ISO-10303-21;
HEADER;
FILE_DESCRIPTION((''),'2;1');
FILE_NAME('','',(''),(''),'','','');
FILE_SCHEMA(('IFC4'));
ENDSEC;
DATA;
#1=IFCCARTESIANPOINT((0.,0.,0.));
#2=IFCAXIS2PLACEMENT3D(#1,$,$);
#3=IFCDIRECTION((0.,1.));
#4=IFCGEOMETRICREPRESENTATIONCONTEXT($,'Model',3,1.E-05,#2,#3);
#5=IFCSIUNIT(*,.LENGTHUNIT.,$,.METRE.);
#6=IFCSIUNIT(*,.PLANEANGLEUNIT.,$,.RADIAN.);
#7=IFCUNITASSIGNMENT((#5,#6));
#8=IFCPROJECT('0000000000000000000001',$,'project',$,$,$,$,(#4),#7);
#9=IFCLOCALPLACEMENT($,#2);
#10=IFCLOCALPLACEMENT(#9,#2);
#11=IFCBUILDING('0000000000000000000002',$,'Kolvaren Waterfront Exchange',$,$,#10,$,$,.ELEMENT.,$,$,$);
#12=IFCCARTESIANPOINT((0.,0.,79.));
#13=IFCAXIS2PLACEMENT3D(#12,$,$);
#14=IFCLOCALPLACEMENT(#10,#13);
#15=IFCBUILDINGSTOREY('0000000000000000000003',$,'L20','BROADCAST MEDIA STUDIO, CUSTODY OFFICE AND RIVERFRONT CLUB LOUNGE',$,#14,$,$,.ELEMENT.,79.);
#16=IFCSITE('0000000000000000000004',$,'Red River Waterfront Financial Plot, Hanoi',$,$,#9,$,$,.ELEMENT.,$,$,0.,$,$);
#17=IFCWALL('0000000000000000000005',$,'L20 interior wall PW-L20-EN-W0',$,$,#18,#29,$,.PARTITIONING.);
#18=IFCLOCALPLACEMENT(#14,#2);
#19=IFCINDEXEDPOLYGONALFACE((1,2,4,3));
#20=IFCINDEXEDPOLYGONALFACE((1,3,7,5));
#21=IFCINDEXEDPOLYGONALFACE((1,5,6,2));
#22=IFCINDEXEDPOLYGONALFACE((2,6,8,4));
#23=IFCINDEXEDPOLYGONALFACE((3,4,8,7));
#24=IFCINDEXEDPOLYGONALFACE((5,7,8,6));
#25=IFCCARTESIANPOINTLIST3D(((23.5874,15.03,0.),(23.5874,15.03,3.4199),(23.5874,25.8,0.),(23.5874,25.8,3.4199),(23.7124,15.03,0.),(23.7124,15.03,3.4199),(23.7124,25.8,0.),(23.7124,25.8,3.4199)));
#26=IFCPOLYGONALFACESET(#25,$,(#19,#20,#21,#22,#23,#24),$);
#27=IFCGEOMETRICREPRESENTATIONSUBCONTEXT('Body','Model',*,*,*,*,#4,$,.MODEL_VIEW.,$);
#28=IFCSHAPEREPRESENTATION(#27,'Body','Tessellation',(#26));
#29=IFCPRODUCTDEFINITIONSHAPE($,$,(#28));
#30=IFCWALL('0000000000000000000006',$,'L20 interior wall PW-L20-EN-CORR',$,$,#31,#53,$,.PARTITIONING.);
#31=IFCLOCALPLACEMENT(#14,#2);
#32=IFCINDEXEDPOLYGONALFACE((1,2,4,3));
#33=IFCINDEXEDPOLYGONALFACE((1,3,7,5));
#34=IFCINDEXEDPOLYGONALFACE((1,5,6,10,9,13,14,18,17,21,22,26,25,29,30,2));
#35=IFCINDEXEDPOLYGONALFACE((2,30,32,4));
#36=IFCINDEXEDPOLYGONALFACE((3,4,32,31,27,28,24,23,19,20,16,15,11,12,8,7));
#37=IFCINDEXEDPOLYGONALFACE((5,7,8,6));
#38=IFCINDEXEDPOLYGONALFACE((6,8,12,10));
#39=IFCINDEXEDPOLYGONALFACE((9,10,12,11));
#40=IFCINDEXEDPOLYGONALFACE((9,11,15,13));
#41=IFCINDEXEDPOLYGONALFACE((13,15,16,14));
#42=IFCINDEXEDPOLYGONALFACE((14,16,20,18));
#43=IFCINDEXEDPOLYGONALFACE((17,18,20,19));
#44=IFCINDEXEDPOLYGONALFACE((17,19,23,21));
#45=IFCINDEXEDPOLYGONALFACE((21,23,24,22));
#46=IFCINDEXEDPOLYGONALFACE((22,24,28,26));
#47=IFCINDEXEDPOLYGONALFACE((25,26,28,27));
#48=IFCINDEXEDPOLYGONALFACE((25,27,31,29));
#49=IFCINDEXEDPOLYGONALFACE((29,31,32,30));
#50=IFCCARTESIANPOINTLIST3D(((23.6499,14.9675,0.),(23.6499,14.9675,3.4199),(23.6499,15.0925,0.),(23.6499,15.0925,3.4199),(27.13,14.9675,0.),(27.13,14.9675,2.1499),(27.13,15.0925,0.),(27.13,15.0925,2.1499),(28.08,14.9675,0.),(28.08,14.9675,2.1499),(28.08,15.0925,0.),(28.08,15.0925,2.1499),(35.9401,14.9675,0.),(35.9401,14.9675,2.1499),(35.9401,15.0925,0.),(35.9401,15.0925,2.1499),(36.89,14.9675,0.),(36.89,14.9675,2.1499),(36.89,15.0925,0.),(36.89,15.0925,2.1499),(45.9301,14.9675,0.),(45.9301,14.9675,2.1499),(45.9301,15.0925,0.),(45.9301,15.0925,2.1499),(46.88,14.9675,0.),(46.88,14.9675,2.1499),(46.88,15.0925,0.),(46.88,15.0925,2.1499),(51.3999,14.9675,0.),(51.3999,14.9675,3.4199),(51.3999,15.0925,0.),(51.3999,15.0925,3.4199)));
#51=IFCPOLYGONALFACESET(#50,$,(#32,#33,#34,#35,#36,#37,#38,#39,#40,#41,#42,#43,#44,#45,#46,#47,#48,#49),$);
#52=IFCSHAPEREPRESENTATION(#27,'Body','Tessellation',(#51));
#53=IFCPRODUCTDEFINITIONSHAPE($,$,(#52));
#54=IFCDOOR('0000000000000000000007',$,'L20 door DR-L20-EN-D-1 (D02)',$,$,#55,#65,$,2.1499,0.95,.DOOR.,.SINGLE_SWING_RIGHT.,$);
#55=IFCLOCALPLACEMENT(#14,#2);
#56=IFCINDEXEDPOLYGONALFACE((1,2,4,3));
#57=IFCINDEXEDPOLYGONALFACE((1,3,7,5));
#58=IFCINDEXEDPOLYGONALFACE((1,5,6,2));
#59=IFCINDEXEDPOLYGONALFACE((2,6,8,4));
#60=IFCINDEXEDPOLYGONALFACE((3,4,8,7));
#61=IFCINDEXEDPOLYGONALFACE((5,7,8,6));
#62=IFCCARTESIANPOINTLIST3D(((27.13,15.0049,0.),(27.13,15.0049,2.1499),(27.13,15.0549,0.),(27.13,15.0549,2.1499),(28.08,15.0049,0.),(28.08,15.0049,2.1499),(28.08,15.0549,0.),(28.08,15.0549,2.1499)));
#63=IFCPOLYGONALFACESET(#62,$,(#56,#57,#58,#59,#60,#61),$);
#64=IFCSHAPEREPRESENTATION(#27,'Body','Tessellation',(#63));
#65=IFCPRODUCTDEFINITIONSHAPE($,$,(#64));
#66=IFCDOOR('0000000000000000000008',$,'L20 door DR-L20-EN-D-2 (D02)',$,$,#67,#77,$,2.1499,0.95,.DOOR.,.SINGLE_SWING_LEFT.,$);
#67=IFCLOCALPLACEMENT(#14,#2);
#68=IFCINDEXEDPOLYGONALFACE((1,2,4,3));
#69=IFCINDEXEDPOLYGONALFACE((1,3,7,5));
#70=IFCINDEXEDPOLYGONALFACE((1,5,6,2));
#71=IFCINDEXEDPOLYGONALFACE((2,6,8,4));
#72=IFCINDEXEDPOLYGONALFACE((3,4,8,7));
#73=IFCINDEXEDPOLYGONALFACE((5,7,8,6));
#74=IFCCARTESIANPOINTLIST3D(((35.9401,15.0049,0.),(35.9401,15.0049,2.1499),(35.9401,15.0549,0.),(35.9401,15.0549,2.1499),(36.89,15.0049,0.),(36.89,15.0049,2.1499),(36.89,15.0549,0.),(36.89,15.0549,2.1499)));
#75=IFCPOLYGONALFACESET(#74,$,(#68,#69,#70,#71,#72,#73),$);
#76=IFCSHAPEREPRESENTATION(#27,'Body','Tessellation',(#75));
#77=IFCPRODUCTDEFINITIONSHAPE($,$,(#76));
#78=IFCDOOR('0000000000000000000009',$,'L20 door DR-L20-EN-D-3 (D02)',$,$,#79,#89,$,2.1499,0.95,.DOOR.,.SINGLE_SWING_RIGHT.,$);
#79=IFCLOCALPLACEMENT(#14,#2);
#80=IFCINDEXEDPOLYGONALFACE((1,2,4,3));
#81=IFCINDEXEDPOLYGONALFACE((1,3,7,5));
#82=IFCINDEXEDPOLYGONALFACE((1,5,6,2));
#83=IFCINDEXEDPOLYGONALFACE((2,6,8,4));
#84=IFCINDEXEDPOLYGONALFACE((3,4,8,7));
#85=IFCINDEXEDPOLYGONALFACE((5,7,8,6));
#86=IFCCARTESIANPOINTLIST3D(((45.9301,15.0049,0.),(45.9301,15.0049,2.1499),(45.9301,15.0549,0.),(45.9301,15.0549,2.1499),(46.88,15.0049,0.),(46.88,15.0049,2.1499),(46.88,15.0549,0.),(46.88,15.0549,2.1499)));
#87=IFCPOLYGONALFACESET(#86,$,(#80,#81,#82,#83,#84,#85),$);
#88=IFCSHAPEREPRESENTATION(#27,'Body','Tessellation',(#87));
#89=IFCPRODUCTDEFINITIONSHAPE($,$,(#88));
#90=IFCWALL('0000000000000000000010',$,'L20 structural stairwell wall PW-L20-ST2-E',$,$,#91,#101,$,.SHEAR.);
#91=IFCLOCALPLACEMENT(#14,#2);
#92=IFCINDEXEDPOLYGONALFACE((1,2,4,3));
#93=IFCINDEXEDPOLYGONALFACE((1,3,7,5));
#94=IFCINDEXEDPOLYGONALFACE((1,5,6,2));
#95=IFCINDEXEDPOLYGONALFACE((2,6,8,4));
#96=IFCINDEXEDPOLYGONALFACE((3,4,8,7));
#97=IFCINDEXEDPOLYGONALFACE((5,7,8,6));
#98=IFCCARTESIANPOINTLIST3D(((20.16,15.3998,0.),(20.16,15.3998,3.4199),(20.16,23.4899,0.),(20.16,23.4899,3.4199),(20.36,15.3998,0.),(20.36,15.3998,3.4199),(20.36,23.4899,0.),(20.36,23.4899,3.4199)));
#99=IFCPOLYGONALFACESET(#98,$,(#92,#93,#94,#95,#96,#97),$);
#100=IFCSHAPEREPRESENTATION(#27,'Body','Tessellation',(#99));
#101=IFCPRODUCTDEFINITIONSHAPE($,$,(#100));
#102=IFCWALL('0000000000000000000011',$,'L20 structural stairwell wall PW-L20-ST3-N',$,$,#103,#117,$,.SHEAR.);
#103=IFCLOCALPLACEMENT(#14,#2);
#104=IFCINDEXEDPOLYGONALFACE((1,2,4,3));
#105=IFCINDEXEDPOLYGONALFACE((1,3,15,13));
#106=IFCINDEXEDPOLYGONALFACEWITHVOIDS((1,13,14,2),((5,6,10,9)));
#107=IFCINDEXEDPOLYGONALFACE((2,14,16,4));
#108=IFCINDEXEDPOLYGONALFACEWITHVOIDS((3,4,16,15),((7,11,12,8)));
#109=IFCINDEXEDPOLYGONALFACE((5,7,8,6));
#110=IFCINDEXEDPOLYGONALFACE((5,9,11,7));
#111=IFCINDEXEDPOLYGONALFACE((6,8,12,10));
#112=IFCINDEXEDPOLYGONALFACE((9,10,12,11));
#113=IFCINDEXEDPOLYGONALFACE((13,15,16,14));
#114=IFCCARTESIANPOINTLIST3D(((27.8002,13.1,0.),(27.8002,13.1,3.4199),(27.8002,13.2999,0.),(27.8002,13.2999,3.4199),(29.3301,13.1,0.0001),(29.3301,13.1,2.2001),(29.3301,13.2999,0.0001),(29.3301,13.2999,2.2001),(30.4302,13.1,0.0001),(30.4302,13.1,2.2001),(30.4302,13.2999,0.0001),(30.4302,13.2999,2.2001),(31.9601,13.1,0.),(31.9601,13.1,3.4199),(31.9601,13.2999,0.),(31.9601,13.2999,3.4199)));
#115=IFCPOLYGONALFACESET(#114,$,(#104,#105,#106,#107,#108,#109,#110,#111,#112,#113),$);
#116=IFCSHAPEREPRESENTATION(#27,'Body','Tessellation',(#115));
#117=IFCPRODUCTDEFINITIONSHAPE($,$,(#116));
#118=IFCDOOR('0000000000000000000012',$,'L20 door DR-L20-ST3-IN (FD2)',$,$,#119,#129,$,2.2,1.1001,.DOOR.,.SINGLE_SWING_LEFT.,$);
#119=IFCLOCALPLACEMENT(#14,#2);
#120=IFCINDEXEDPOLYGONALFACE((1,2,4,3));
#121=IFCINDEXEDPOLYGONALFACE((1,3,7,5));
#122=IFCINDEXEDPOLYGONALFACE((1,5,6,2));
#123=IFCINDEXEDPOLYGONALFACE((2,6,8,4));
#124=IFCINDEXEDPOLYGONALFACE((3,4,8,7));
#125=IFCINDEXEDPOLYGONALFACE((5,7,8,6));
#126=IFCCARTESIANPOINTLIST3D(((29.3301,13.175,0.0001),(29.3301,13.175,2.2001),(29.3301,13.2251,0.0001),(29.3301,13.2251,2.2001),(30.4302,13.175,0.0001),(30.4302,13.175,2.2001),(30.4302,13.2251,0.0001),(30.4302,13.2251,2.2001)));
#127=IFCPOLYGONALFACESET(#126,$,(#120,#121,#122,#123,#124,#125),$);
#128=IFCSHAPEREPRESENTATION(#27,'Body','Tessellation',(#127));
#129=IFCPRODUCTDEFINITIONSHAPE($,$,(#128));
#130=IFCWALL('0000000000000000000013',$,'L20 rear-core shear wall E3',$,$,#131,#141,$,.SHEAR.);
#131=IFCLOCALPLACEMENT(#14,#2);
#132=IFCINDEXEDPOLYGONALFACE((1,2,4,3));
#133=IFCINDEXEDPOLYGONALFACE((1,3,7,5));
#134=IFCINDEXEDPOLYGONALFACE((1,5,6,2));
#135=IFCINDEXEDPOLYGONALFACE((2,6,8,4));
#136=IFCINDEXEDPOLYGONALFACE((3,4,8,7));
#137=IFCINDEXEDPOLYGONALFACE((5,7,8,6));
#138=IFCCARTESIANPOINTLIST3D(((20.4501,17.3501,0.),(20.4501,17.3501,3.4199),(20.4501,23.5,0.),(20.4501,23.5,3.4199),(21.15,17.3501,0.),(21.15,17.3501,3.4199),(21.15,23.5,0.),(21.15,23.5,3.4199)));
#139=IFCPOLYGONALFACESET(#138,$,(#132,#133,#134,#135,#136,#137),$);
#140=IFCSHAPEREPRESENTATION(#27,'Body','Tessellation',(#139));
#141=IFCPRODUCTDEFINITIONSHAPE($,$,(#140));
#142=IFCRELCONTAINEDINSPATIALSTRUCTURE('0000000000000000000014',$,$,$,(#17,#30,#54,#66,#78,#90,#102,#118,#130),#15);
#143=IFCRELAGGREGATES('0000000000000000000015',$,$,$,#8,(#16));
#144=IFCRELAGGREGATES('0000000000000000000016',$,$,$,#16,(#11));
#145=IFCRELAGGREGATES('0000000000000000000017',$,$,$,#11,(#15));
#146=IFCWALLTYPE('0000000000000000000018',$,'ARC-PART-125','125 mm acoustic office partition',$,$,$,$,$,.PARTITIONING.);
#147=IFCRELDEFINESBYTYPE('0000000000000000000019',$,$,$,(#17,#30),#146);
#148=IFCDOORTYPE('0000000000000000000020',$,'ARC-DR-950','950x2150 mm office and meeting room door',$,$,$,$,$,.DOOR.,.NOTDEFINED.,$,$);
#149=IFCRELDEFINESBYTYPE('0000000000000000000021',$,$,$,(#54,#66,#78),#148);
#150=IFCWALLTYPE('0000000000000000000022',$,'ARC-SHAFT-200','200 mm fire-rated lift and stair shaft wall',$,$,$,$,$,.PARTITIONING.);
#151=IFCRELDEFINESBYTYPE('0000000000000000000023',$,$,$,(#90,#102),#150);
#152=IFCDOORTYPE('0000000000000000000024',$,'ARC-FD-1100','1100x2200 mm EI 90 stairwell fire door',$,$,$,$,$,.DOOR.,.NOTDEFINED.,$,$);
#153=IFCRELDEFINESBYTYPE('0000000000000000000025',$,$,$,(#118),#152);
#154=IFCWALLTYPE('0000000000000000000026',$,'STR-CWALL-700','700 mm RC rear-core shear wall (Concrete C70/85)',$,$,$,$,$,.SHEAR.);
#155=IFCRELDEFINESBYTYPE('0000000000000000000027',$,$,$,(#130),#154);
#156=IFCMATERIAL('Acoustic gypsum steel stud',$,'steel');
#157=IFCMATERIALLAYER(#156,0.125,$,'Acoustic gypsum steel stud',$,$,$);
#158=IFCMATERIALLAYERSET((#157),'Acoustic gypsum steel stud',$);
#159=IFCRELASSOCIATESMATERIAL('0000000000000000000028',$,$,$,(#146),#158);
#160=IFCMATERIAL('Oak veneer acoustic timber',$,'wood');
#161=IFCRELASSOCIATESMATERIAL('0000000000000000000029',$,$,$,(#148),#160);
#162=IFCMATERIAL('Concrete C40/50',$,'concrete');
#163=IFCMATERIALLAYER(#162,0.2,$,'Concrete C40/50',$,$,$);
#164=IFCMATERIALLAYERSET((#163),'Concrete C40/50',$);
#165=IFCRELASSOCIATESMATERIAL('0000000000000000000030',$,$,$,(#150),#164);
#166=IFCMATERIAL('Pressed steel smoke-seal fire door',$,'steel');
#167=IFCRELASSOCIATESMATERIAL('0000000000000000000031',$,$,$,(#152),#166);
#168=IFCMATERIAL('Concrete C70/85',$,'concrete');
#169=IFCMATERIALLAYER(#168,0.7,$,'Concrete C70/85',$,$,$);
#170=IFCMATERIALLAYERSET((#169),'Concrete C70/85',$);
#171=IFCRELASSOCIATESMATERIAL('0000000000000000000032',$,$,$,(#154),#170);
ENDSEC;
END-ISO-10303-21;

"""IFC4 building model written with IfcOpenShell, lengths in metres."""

from ifc_helpers import new_model, si_unit, direction, frame, frame_2d, origin, place, context, subcontext, project, spatial, rectangle, extrude, material, layer, layer_set, type_object, element, fill, save


model = new_model("IFC4")

# Units and contexts
model_context = context("Model", 3, precision=1e-05, world=origin(), true_north=direction((0.0, 1.0)))
body_context = subcontext(model_context, "Body", "Model", "MODEL_VIEW")
ifc_project = project(units=[si_unit("LENGTHUNIT", "METRE"), si_unit("PLANEANGLEUNIT", "RADIAN")], contexts=[model_context])

# Site, building, storey
site_placement = place(None, origin())
site = spatial("IfcSite", under=ifc_project, at=site_placement, Name="Red River Waterfront Financial Plot, Hanoi", CompositionType="ELEMENT", RefElevation=0.0)
building_placement = place(site_placement, origin())
building = spatial("IfcBuilding", under=site, at=building_placement, Name="Kolvaren Waterfront Exchange", CompositionType="ELEMENT")
storey_placement = place(building_placement, frame((0.0, 0.0, 79.0)))
storey = spatial("IfcBuildingStorey", under=building, at=storey_placement, Name="L20", Description="BROADCAST MEDIA STUDIO, CUSTODY OFFICE AND RIVERFRONT CLUB LOUNGE", CompositionType="ELEMENT", Elevation=79.0)

# Shared definitions
ifc_material_1 = material(Name="Concrete C70/85", Category="concrete")

# Shared definitions
ifc_material_2 = material(Name="Acoustic gypsum steel stud", Category="steel")
ifc_layer_1 = layer(ifc_material_2, 0.125, Name="Acoustic gypsum steel stud")
ifc_layer_set_1 = layer_set([ifc_layer_1], Name="Acoustic gypsum steel stud")
wall_type_1 = type_object("IfcWallType", Name="ARC-PART-125", Description="125 mm acoustic office partition", PredefinedType="PARTITIONING", material=ifc_layer_set_1)
ifc_material_3 = material(Name="Oak veneer acoustic timber", Category="wood")
door_type_1 = type_object("IfcDoorType", Name="ARC-DR-950", Description="950x2150 mm office and meeting room door", OperationType="NOTDEFINED", PredefinedType="DOOR", material=ifc_material_3)

# Wall
wall_1_placement = place(storey_placement, frame((23.6499, 15.03, 0.0), z_axis=(0.0, 0.0, 1.0), x_axis=(0.0, 1.0, 0.0)))
element("IfcWall", 1, at=wall_1_placement, inside=storey, type_object=wall_type_1, Name="L20 interior wall PW-L20-EN-W0", PredefinedType="PARTITIONING", context=body_context, shape_type="SweptSolid", body=[
    extrude(rectangle(XDim=10.77, YDim=0.125, at=frame_2d((5.385, 0.0))), origin(), (0.0, 0.0, 1.0), 3.4199),
])

# Wall, openings, doors
wall_2_placement = place(storey_placement, frame((23.6499, 15.03, 0.0), z_axis=(0.0, 0.0, 1.0), x_axis=(1.0, 0.0, 0.0)))
wall_2 = element("IfcWall", 2, at=wall_2_placement, inside=storey, type_object=wall_type_1, Name="L20 interior wall PW-L20-EN-CORR", PredefinedType="PARTITIONING", context=body_context, shape_type="SweptSolid", body=[
    extrude(rectangle(XDim=27.75, YDim=0.125, at=frame_2d((13.875, 0.0))), origin(), (0.0, 0.0, 1.0), 3.4199),
])
opening_1_placement = place(wall_2_placement, frame((3.48, 0.0, 0.0)))
opening_1 = element("IfcOpeningElement", 3, at=opening_1_placement, cuts=wall_2, PredefinedType="OPENING", context=body_context, shape_type="SweptSolid", body=[
    extrude(rectangle(XDim=0.95, YDim=2.1499, at=frame_2d((0.4751, 1.075))), frame((0.0, 0.0725, 0.0), z_axis=(0.0, -1.0, 0.0), x_axis=(1.0, 0.0, 0.0)), (0.0, 0.0, 1.0), 0.145),
])
opening_2_placement = place(wall_2_placement, frame((12.29, 0.0, 0.0)))
opening_2 = element("IfcOpeningElement", 4, at=opening_2_placement, cuts=wall_2, PredefinedType="OPENING", context=body_context, shape_type="SweptSolid", body=[
    extrude(rectangle(XDim=0.95, YDim=2.1499, at=frame_2d((0.4751, 1.075))), frame((0.0, 0.0725, 0.0), z_axis=(0.0, -1.0, 0.0), x_axis=(1.0, 0.0, 0.0)), (0.0, 0.0, 1.0), 0.145),
])
opening_3_placement = place(wall_2_placement, frame((22.28, 0.0, 0.0)))
opening_3 = element("IfcOpeningElement", 5, at=opening_3_placement, cuts=wall_2, PredefinedType="OPENING", context=body_context, shape_type="SweptSolid", body=[
    extrude(rectangle(XDim=0.95, YDim=2.1499, at=frame_2d((0.4751, 1.075))), frame((0.0, 0.0725, 0.0), z_axis=(0.0, -1.0, 0.0), x_axis=(1.0, 0.0, 0.0)), (0.0, 0.0, 1.0), 0.145),
])
door_1_placement = place(opening_1_placement, origin())
door_1 = element("IfcDoor", 6, at=door_1_placement, inside=storey, type_object=door_type_1, Name="L20 door DR-L20-EN-D-1 (D02)", OperationType="SINGLE_SWING_RIGHT", OverallHeight=2.1499, OverallWidth=0.95, PredefinedType="DOOR", context=body_context, shape_type="SweptSolid", body=[
    extrude(rectangle(XDim=0.95, YDim=2.1499, at=frame_2d((0.4751, 1.075))), frame((0.0, 0.0249, 0.0), z_axis=(0.0, -1.0, 0.0), x_axis=(1.0, 0.0, 0.0)), (0.0, 0.0, 1.0), 0.05),
])
fill(opening_1, door_1)
door_2_placement = place(opening_2_placement, origin())
door_2 = element("IfcDoor", 7, at=door_2_placement, inside=storey, type_object=door_type_1, Name="L20 door DR-L20-EN-D-2 (D02)", OperationType="SINGLE_SWING_LEFT", OverallHeight=2.1499, OverallWidth=0.95, PredefinedType="DOOR", context=body_context, shape_type="SweptSolid", body=[
    extrude(rectangle(XDim=0.95, YDim=2.1499, at=frame_2d((0.4751, 1.075))), frame((0.0, 0.0249, 0.0), z_axis=(0.0, -1.0, 0.0), x_axis=(1.0, 0.0, 0.0)), (0.0, 0.0, 1.0), 0.05),
])
fill(opening_2, door_2)
door_3_placement = place(opening_3_placement, origin())
door_3 = element("IfcDoor", 8, at=door_3_placement, inside=storey, type_object=door_type_1, Name="L20 door DR-L20-EN-D-3 (D02)", OperationType="SINGLE_SWING_RIGHT", OverallHeight=2.1499, OverallWidth=0.95, PredefinedType="DOOR", context=body_context, shape_type="SweptSolid", body=[
    extrude(rectangle(XDim=0.95, YDim=2.1499, at=frame_2d((0.4751, 1.075))), frame((0.0, 0.0249, 0.0), z_axis=(0.0, -1.0, 0.0), x_axis=(1.0, 0.0, 0.0)), (0.0, 0.0, 1.0), 0.05),
])
fill(opening_3, door_3)

# Wall
ifc_material_4 = material(Name="Concrete C40/50", Category="concrete")
ifc_layer_2 = layer(ifc_material_4, 0.2, Name="Concrete C40/50")
ifc_layer_set_2 = layer_set([ifc_layer_2], Name="Concrete C40/50")
wall_type_2 = type_object("IfcWallType", Name="ARC-SHAFT-200", Description="200 mm fire-rated lift and stair shaft wall", PredefinedType="PARTITIONING", material=ifc_layer_set_2)
wall_3_placement = place(storey_placement, frame((20.26, 15.3999, 0.0), z_axis=(0.0, 0.0, 1.0), x_axis=(0.0, 1.0, 0.0)))
element("IfcWall", 9, at=wall_3_placement, inside=storey, type_object=wall_type_2, Name="L20 structural stairwell wall PW-L20-ST2-E", PredefinedType="SHEAR", context=body_context, shape_type="SweptSolid", body=[
    extrude(rectangle(XDim=8.0901, YDim=0.2, at=frame_2d((4.0449, 0.0))), origin(), (0.0, 0.0, 1.0), 3.4199),
])

# Wall, opening, door
wall_4_placement = place(storey_placement, frame((27.8, 13.2, 0.0), z_axis=(0.0, 0.0, 1.0), x_axis=(1.0, 0.0, 0.0)))
wall_4 = element("IfcWall", 10, at=wall_4_placement, inside=storey, type_object=wall_type_2, Name="L20 structural stairwell wall PW-L20-ST3-N", PredefinedType="SHEAR", context=body_context, shape_type="SweptSolid", body=[
    extrude(rectangle(XDim=4.1599, YDim=0.2, at=frame_2d((2.0801, 0.0))), origin(), (0.0, 0.0, 1.0), 3.4199),
])
opening_4_placement = place(wall_4_placement, frame((1.53, 0.0, 0.0)))
opening_4 = element("IfcOpeningElement", 11, at=opening_4_placement, cuts=wall_4, PredefinedType="OPENING", context=body_context, shape_type="SweptSolid", body=[
    extrude(rectangle(XDim=1.1001, YDim=2.2, at=frame_2d((0.55, 1.1001))), frame((0.0, 0.1099, 0.0), z_axis=(0.0, -1.0, 0.0), x_axis=(1.0, 0.0, 0.0)), (0.0, 0.0, 1.0), 0.22),
])
ifc_material_5 = material(Name="Pressed steel smoke-seal fire door", Category="steel")
door_type_2 = type_object("IfcDoorType", Name="ARC-FD-1100", Description="1100x2200 mm EI 90 stairwell fire door", OperationType="NOTDEFINED", PredefinedType="DOOR", material=ifc_material_5)
door_4_placement = place(opening_4_placement, frame((1.1001, 0.0, 0.0), z_axis=(0.0, 0.0, 1.0), x_axis=(-1.0, 0.0, 0.0)))
door_4 = element("IfcDoor", 12, at=door_4_placement, inside=storey, type_object=door_type_2, Name="L20 door DR-L20-ST3-IN (FD2)", OperationType="SINGLE_SWING_LEFT", OverallHeight=2.2, OverallWidth=1.1001, PredefinedType="DOOR", context=body_context, shape_type="SweptSolid", body=[
    extrude(rectangle(XDim=1.1001, YDim=2.2, at=frame_2d((0.55, 1.1001))), frame((0.0, 0.0249, 0.0), z_axis=(0.0, -1.0, 0.0), x_axis=(1.0, 0.0, 0.0)), (0.0, 0.0, 1.0), 0.05),
])
fill(opening_4, door_4)

# Wall
ifc_layer_3 = layer(ifc_material_1, 0.7, Name="Concrete C70/85")
ifc_layer_set_3 = layer_set([ifc_layer_3], Name="Concrete C70/85")
wall_type_3 = type_object("IfcWallType", Name="STR-CWALL-700", Description="700 mm RC rear-core shear wall (Concrete C70/85)", PredefinedType="SHEAR", material=ifc_layer_set_3)
wall_5_placement = place(storey_placement, frame((20.8, 17.3501, 0.0), z_axis=(0.0, 0.0, 1.0), x_axis=(0.0, 1.0, 0.0)))
element("IfcWall", 13, at=wall_5_placement, inside=storey, type_object=wall_type_3, Name="L20 rear-core shear wall E3", PredefinedType="SHEAR", context=body_context, shape_type="SweptSolid", body=[
    extrude(rectangle(XDim=6.1499, YDim=0.7, at=frame_2d((3.075, 0.0))), origin(), (0.0, 0.0, 1.0), 3.4199),
])

save(model, "model.ifc")
